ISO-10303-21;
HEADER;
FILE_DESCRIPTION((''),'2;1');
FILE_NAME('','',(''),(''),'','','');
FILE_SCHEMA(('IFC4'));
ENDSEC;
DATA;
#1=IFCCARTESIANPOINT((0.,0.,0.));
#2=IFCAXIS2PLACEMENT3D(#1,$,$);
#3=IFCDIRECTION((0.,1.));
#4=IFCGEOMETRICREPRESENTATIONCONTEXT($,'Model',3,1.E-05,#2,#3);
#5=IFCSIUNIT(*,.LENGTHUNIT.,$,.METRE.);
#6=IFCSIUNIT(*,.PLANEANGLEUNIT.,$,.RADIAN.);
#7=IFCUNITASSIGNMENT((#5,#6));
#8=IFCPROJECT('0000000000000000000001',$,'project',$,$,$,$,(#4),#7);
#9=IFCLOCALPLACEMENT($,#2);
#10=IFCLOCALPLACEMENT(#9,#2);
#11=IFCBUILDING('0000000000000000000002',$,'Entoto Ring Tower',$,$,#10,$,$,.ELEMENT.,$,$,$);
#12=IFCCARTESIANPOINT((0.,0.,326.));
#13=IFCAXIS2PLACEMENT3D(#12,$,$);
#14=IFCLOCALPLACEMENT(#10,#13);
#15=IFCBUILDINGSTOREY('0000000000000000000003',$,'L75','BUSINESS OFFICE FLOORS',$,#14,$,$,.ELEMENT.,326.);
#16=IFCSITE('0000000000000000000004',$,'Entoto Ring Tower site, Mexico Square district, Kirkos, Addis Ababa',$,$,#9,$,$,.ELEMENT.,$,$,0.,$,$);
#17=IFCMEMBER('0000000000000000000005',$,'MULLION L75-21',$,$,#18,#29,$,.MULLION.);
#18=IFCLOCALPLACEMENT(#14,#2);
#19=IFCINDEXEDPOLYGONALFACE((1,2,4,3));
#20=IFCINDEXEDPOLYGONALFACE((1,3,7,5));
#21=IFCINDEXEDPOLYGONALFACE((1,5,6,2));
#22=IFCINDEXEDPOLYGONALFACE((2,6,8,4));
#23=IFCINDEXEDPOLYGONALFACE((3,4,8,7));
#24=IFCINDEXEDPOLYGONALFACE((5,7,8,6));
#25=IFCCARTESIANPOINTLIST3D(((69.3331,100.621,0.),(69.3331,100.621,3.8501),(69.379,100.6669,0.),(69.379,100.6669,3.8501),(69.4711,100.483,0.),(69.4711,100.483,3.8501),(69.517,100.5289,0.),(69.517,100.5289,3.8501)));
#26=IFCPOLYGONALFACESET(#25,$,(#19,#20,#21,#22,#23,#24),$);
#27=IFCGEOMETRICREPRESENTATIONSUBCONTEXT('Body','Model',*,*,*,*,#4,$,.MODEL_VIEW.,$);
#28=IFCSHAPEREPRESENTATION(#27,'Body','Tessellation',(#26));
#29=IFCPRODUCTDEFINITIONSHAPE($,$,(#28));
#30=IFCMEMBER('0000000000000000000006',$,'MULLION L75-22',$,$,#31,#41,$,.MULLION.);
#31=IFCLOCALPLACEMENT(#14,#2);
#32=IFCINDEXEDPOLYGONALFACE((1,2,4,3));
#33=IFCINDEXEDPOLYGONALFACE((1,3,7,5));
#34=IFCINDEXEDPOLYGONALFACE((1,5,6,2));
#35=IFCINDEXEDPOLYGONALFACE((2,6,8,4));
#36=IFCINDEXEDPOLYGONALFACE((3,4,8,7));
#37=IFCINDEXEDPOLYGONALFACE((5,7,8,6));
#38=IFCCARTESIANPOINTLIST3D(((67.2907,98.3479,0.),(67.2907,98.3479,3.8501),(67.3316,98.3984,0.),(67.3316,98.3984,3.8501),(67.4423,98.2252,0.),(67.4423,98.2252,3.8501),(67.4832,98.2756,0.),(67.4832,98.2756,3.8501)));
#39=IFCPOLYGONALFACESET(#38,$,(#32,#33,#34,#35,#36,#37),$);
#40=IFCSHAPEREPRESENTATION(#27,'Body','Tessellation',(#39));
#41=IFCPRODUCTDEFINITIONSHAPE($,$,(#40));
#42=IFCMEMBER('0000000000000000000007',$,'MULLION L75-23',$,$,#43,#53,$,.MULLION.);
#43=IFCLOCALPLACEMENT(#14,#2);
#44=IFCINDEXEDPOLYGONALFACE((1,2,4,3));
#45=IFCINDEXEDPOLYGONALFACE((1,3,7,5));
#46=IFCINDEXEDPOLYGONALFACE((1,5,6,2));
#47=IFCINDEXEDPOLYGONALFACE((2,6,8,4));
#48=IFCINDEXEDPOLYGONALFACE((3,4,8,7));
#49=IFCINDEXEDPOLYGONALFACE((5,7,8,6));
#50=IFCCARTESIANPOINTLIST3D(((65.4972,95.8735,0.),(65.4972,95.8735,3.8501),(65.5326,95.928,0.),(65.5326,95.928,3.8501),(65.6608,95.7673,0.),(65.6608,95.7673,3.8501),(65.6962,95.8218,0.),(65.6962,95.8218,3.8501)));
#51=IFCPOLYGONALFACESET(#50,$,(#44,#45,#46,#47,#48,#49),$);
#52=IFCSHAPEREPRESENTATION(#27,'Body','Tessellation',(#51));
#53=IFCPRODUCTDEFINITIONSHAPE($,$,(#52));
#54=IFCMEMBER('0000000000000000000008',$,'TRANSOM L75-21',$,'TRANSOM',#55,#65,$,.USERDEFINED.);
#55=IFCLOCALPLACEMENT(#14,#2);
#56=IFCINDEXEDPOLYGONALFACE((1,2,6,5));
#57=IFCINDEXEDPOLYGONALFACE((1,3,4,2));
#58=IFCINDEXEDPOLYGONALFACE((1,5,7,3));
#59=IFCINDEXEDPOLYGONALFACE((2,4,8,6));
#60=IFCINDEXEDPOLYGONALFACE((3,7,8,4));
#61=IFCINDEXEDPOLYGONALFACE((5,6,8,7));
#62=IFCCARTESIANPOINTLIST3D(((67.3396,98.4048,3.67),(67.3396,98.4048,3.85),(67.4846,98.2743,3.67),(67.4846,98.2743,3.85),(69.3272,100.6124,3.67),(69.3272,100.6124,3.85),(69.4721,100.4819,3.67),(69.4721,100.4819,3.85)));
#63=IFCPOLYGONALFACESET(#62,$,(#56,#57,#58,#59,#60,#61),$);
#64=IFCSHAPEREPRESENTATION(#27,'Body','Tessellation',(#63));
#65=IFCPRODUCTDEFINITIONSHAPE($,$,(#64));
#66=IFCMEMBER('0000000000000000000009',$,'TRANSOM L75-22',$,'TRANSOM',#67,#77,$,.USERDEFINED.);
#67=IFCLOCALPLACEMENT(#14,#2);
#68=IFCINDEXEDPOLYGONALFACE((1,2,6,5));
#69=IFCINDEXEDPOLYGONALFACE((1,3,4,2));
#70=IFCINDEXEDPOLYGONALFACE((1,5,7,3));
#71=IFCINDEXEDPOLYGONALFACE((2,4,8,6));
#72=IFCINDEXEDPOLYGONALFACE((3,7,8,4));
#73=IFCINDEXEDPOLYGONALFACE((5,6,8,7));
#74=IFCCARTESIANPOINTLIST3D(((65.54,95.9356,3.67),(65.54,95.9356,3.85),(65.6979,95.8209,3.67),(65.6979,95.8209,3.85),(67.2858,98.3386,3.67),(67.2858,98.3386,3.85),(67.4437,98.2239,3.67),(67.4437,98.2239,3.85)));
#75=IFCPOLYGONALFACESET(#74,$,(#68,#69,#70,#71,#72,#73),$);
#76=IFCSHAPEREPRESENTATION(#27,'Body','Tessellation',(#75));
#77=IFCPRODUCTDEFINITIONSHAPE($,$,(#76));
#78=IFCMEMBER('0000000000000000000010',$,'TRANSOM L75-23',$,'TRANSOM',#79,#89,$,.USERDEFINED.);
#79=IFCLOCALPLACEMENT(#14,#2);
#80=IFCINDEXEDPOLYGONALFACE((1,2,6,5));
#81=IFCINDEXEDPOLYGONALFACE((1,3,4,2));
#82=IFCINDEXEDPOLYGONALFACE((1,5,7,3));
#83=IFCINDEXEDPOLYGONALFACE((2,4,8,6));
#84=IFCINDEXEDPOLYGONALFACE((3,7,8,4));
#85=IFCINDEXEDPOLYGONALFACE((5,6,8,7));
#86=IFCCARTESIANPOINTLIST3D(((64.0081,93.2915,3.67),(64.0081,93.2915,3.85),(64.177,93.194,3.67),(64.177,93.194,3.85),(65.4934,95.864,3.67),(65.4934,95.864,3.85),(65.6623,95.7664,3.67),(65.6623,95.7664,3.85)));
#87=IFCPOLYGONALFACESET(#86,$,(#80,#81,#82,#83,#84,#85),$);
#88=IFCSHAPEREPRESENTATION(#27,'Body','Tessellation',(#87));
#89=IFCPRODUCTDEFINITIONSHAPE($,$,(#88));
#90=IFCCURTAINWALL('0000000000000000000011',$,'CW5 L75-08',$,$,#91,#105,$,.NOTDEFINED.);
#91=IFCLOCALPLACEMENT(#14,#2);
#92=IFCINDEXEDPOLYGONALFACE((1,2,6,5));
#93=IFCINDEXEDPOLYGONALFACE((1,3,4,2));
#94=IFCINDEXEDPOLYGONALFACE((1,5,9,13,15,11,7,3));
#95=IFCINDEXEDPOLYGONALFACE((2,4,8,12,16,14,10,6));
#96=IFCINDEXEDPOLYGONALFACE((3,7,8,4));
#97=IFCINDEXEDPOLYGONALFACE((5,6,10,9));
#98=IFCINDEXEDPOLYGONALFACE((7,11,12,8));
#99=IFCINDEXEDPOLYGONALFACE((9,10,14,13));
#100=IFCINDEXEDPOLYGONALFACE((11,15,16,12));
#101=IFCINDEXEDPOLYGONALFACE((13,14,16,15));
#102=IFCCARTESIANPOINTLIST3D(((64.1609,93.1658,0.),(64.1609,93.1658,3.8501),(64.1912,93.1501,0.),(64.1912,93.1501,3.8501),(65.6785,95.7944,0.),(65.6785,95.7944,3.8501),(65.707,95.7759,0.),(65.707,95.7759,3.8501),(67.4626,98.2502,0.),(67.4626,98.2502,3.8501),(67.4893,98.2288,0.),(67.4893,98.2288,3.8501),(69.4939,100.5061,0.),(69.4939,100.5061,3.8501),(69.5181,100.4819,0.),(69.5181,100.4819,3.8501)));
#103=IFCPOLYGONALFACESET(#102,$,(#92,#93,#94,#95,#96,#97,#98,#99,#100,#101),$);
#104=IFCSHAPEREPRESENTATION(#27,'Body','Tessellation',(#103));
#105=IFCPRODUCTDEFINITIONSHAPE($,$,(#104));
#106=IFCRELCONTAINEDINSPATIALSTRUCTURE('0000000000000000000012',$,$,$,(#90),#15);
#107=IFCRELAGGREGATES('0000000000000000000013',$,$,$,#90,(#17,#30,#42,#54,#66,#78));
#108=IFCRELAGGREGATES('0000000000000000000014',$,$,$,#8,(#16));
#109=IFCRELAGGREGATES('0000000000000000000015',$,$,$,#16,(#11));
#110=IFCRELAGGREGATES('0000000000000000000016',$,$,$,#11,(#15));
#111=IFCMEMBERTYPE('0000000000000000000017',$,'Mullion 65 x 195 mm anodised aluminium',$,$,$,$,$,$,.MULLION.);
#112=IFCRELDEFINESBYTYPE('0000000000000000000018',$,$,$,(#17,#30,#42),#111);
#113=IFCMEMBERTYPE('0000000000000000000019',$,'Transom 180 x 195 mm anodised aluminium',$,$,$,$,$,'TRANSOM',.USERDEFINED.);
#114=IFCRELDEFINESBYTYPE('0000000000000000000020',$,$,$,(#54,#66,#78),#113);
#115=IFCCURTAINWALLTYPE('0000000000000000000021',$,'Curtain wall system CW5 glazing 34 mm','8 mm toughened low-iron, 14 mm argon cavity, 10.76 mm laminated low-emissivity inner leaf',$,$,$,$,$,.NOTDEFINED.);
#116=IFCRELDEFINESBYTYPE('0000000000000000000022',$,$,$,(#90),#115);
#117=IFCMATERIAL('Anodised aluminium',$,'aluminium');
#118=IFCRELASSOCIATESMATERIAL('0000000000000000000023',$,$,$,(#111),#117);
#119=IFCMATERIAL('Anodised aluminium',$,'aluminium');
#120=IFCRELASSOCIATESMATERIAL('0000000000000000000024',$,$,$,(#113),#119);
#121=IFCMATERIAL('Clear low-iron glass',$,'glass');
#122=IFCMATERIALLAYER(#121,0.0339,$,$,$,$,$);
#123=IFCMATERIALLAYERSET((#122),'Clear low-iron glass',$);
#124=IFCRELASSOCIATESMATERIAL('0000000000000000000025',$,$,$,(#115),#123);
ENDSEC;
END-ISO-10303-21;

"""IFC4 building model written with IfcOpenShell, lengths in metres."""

from ifc_helpers import new_model, si_unit, direction, frame, origin, origin_2d, place, context, subcontext, project, spatial, polyline, rectangle, outline, extrude, material, layer, layer_set, material_profile, profile_set, type_object, element, aggregate, save


model = new_model("IFC4")

# Units and contexts
model_context = context("Model", 3, precision=1e-05, world=origin(), true_north=direction((0.0, 1.0)))
body_context = subcontext(model_context, "Body", "Model", "MODEL_VIEW")
ifc_project = project(units=[si_unit("LENGTHUNIT", "METRE"), si_unit("PLANEANGLEUNIT", "RADIAN")], contexts=[model_context])

# Members
ifc_material_1 = material(Name="Anodised aluminium", Category="aluminium")
ifc_material_profile_1 = material_profile(ifc_material_1, rectangle(XDim=0.0649, YDim=0.1951, at=origin_2d()), Name="Mullion 65 x 195 mm anodised aluminium")
ifc_profile_set_1 = profile_set([ifc_material_profile_1], Name="Anodised aluminium")
member_type_1 = type_object("IfcMemberType", Name="Mullion 65 x 195 mm anodised aluminium", PredefinedType="MULLION", material=ifc_profile_set_1)
site_placement = place(None, origin())
building_placement = place(site_placement, origin())
storey_placement = place(building_placement, frame((0.0, 0.0, 326.0)))
member_1_placement = place(storey_placement, frame((69.425, 100.575, 0.0), z_axis=(0.0, 0.0, 1.0), x_axis=(-0.707107, -0.707107, 0.0)))
member_1 = element("IfcMember", 1, at=member_1_placement, type_object=member_type_1, Name="MULLION L75-21", PredefinedType="MULLION", context=body_context, shape_type="SweptSolid", body=[
    extrude(rectangle(XDim=0.0649, YDim=0.1951, at=origin_2d()), origin(), (0.0, 0.0, 1.0), 3.8501),
])
member_2_placement = place(storey_placement, frame((67.387, 98.3118, 0.0), z_axis=(0.0, 0.0, 1.0), x_axis=(-0.62932, -0.777146, 0.0)))
member_2 = element("IfcMember", 2, at=member_2_placement, type_object=member_type_1, Name="MULLION L75-22", PredefinedType="MULLION", context=body_context, shape_type="SweptSolid", body=[
    extrude(rectangle(XDim=0.0649, YDim=0.1951, at=origin_2d()), origin(), (0.0, 0.0, 1.0), 3.8501),
])
member_3_placement = place(storey_placement, frame((65.5967, 95.8477, 0.0), z_axis=(0.0, 0.0, 1.0), x_axis=(-0.544639, -0.838671, 0.0)))
member_3 = element("IfcMember", 3, at=member_3_placement, type_object=member_type_1, Name="MULLION L75-23", PredefinedType="MULLION", context=body_context, shape_type="SweptSolid", body=[
    extrude(rectangle(XDim=0.0649, YDim=0.1951, at=origin_2d()), origin(), (0.0, 0.0, 1.0), 3.8501),
])
ifc_material_2 = material(Name="Anodised aluminium", Category="aluminium")
ifc_material_profile_2 = material_profile(ifc_material_2, rectangle(XDim=0.1951, YDim=0.1799, at=origin_2d()), Name="Transom 180 x 195 mm anodised aluminium")
ifc_profile_set_2 = profile_set([ifc_material_profile_2], Name="Anodised aluminium")
member_type_2 = type_object("IfcMemberType", Name="Transom 180 x 195 mm anodised aluminium", ElementType="TRANSOM", PredefinedType="USERDEFINED", material=ifc_profile_set_2)
member_4_placement = place(storey_placement, frame((69.3997, 100.5471, 3.76), z_axis=(-0.66911, -0.743163, 0.0), x_axis=(0.743163, -0.66911, 0.0)))
member_4 = element("IfcMember", 4, at=member_4_placement, type_object=member_type_2, Name="TRANSOM L75-21", ObjectType="TRANSOM", PredefinedType="USERDEFINED", context=body_context, shape_type="SweptSolid", body=[
    extrude(rectangle(XDim=0.1951, YDim=0.1799, at=origin_2d()), origin(), (0.0, 0.0, 1.0), 2.9705),
])
member_5_placement = place(storey_placement, frame((67.3647, 98.2812, 3.76), z_axis=(-0.587766, -0.809031, 0.0), x_axis=(0.809031, -0.587766, 0.0)))
member_5 = element("IfcMember", 5, at=member_5_placement, type_object=member_type_2, Name="TRANSOM L75-22", ObjectType="TRANSOM", PredefinedType="USERDEFINED", context=body_context, shape_type="SweptSolid", body=[
    extrude(rectangle(XDim=0.1951, YDim=0.1799, at=origin_2d()), origin(), (0.0, 0.0, 1.0), 2.9702),
])
member_6_placement = place(storey_placement, frame((65.5779, 95.8152, 3.76), z_axis=(-0.500028, -0.866009, 0.0), x_axis=(0.866009, -0.500028, 0.0)))
member_6 = element("IfcMember", 6, at=member_6_placement, type_object=member_type_2, Name="TRANSOM L75-23", ObjectType="TRANSOM", PredefinedType="USERDEFINED", context=body_context, shape_type="SweptSolid", body=[
    extrude(rectangle(XDim=0.1951, YDim=0.1799, at=origin_2d()), origin(), (0.0, 0.0, 1.0), 2.9705),
])

# Site, building, storey
site = spatial("IfcSite", under=ifc_project, at=site_placement, Name="Entoto Ring Tower site, Mexico Square district, Kirkos, Addis Ababa", CompositionType="ELEMENT", RefElevation=0.0)
building = spatial("IfcBuilding", under=site, at=building_placement, Name="Entoto Ring Tower", CompositionType="ELEMENT")
storey = spatial("IfcBuildingStorey", under=building, at=storey_placement, Name="L75", Description="BUSINESS OFFICE FLOORS", CompositionType="ELEMENT", Elevation=326.0)

# Curtain wall
ifc_material_3 = material(Name="Clear low-iron glass", Category="glass")
ifc_layer = layer(ifc_material_3, 0.0339)
ifc_layer_set = layer_set([ifc_layer], Name="Clear low-iron glass")
curtain_wall_type = type_object("IfcCurtainWallType", Name="Curtain wall system CW5 glazing 34 mm", Description="8 mm toughened low-iron, 14 mm argon cavity, 10.76 mm laminated low-emissivity inner leaf", PredefinedType="NOTDEFINED", material=ifc_layer_set)
curtain_wall_1_placement = place(storey_placement, origin())
curtain_wall_1 = element("IfcCurtainWall", 7, at=curtain_wall_1_placement, inside=storey, type_object=curtain_wall_type, Name="CW5 L75-08", PredefinedType="NOTDEFINED", context=body_context, shape_type="SweptSolid", body=[
    extrude(outline(polyline([(69.4939, 100.5061), (67.4626, 98.2502), (65.6785, 95.7944), (64.1609, 93.1658), (64.1912, 93.1501), (65.707, 95.7759), (67.4893, 98.2288), (69.5181, 100.4819), (69.4939, 100.5061)])), origin(), (0.0, 0.0, 1.0), 3.8501),
])
aggregate(curtain_wall_1, [member_1, member_2, member_3, member_4, member_5, member_6])

save(model, "model.ifc")
